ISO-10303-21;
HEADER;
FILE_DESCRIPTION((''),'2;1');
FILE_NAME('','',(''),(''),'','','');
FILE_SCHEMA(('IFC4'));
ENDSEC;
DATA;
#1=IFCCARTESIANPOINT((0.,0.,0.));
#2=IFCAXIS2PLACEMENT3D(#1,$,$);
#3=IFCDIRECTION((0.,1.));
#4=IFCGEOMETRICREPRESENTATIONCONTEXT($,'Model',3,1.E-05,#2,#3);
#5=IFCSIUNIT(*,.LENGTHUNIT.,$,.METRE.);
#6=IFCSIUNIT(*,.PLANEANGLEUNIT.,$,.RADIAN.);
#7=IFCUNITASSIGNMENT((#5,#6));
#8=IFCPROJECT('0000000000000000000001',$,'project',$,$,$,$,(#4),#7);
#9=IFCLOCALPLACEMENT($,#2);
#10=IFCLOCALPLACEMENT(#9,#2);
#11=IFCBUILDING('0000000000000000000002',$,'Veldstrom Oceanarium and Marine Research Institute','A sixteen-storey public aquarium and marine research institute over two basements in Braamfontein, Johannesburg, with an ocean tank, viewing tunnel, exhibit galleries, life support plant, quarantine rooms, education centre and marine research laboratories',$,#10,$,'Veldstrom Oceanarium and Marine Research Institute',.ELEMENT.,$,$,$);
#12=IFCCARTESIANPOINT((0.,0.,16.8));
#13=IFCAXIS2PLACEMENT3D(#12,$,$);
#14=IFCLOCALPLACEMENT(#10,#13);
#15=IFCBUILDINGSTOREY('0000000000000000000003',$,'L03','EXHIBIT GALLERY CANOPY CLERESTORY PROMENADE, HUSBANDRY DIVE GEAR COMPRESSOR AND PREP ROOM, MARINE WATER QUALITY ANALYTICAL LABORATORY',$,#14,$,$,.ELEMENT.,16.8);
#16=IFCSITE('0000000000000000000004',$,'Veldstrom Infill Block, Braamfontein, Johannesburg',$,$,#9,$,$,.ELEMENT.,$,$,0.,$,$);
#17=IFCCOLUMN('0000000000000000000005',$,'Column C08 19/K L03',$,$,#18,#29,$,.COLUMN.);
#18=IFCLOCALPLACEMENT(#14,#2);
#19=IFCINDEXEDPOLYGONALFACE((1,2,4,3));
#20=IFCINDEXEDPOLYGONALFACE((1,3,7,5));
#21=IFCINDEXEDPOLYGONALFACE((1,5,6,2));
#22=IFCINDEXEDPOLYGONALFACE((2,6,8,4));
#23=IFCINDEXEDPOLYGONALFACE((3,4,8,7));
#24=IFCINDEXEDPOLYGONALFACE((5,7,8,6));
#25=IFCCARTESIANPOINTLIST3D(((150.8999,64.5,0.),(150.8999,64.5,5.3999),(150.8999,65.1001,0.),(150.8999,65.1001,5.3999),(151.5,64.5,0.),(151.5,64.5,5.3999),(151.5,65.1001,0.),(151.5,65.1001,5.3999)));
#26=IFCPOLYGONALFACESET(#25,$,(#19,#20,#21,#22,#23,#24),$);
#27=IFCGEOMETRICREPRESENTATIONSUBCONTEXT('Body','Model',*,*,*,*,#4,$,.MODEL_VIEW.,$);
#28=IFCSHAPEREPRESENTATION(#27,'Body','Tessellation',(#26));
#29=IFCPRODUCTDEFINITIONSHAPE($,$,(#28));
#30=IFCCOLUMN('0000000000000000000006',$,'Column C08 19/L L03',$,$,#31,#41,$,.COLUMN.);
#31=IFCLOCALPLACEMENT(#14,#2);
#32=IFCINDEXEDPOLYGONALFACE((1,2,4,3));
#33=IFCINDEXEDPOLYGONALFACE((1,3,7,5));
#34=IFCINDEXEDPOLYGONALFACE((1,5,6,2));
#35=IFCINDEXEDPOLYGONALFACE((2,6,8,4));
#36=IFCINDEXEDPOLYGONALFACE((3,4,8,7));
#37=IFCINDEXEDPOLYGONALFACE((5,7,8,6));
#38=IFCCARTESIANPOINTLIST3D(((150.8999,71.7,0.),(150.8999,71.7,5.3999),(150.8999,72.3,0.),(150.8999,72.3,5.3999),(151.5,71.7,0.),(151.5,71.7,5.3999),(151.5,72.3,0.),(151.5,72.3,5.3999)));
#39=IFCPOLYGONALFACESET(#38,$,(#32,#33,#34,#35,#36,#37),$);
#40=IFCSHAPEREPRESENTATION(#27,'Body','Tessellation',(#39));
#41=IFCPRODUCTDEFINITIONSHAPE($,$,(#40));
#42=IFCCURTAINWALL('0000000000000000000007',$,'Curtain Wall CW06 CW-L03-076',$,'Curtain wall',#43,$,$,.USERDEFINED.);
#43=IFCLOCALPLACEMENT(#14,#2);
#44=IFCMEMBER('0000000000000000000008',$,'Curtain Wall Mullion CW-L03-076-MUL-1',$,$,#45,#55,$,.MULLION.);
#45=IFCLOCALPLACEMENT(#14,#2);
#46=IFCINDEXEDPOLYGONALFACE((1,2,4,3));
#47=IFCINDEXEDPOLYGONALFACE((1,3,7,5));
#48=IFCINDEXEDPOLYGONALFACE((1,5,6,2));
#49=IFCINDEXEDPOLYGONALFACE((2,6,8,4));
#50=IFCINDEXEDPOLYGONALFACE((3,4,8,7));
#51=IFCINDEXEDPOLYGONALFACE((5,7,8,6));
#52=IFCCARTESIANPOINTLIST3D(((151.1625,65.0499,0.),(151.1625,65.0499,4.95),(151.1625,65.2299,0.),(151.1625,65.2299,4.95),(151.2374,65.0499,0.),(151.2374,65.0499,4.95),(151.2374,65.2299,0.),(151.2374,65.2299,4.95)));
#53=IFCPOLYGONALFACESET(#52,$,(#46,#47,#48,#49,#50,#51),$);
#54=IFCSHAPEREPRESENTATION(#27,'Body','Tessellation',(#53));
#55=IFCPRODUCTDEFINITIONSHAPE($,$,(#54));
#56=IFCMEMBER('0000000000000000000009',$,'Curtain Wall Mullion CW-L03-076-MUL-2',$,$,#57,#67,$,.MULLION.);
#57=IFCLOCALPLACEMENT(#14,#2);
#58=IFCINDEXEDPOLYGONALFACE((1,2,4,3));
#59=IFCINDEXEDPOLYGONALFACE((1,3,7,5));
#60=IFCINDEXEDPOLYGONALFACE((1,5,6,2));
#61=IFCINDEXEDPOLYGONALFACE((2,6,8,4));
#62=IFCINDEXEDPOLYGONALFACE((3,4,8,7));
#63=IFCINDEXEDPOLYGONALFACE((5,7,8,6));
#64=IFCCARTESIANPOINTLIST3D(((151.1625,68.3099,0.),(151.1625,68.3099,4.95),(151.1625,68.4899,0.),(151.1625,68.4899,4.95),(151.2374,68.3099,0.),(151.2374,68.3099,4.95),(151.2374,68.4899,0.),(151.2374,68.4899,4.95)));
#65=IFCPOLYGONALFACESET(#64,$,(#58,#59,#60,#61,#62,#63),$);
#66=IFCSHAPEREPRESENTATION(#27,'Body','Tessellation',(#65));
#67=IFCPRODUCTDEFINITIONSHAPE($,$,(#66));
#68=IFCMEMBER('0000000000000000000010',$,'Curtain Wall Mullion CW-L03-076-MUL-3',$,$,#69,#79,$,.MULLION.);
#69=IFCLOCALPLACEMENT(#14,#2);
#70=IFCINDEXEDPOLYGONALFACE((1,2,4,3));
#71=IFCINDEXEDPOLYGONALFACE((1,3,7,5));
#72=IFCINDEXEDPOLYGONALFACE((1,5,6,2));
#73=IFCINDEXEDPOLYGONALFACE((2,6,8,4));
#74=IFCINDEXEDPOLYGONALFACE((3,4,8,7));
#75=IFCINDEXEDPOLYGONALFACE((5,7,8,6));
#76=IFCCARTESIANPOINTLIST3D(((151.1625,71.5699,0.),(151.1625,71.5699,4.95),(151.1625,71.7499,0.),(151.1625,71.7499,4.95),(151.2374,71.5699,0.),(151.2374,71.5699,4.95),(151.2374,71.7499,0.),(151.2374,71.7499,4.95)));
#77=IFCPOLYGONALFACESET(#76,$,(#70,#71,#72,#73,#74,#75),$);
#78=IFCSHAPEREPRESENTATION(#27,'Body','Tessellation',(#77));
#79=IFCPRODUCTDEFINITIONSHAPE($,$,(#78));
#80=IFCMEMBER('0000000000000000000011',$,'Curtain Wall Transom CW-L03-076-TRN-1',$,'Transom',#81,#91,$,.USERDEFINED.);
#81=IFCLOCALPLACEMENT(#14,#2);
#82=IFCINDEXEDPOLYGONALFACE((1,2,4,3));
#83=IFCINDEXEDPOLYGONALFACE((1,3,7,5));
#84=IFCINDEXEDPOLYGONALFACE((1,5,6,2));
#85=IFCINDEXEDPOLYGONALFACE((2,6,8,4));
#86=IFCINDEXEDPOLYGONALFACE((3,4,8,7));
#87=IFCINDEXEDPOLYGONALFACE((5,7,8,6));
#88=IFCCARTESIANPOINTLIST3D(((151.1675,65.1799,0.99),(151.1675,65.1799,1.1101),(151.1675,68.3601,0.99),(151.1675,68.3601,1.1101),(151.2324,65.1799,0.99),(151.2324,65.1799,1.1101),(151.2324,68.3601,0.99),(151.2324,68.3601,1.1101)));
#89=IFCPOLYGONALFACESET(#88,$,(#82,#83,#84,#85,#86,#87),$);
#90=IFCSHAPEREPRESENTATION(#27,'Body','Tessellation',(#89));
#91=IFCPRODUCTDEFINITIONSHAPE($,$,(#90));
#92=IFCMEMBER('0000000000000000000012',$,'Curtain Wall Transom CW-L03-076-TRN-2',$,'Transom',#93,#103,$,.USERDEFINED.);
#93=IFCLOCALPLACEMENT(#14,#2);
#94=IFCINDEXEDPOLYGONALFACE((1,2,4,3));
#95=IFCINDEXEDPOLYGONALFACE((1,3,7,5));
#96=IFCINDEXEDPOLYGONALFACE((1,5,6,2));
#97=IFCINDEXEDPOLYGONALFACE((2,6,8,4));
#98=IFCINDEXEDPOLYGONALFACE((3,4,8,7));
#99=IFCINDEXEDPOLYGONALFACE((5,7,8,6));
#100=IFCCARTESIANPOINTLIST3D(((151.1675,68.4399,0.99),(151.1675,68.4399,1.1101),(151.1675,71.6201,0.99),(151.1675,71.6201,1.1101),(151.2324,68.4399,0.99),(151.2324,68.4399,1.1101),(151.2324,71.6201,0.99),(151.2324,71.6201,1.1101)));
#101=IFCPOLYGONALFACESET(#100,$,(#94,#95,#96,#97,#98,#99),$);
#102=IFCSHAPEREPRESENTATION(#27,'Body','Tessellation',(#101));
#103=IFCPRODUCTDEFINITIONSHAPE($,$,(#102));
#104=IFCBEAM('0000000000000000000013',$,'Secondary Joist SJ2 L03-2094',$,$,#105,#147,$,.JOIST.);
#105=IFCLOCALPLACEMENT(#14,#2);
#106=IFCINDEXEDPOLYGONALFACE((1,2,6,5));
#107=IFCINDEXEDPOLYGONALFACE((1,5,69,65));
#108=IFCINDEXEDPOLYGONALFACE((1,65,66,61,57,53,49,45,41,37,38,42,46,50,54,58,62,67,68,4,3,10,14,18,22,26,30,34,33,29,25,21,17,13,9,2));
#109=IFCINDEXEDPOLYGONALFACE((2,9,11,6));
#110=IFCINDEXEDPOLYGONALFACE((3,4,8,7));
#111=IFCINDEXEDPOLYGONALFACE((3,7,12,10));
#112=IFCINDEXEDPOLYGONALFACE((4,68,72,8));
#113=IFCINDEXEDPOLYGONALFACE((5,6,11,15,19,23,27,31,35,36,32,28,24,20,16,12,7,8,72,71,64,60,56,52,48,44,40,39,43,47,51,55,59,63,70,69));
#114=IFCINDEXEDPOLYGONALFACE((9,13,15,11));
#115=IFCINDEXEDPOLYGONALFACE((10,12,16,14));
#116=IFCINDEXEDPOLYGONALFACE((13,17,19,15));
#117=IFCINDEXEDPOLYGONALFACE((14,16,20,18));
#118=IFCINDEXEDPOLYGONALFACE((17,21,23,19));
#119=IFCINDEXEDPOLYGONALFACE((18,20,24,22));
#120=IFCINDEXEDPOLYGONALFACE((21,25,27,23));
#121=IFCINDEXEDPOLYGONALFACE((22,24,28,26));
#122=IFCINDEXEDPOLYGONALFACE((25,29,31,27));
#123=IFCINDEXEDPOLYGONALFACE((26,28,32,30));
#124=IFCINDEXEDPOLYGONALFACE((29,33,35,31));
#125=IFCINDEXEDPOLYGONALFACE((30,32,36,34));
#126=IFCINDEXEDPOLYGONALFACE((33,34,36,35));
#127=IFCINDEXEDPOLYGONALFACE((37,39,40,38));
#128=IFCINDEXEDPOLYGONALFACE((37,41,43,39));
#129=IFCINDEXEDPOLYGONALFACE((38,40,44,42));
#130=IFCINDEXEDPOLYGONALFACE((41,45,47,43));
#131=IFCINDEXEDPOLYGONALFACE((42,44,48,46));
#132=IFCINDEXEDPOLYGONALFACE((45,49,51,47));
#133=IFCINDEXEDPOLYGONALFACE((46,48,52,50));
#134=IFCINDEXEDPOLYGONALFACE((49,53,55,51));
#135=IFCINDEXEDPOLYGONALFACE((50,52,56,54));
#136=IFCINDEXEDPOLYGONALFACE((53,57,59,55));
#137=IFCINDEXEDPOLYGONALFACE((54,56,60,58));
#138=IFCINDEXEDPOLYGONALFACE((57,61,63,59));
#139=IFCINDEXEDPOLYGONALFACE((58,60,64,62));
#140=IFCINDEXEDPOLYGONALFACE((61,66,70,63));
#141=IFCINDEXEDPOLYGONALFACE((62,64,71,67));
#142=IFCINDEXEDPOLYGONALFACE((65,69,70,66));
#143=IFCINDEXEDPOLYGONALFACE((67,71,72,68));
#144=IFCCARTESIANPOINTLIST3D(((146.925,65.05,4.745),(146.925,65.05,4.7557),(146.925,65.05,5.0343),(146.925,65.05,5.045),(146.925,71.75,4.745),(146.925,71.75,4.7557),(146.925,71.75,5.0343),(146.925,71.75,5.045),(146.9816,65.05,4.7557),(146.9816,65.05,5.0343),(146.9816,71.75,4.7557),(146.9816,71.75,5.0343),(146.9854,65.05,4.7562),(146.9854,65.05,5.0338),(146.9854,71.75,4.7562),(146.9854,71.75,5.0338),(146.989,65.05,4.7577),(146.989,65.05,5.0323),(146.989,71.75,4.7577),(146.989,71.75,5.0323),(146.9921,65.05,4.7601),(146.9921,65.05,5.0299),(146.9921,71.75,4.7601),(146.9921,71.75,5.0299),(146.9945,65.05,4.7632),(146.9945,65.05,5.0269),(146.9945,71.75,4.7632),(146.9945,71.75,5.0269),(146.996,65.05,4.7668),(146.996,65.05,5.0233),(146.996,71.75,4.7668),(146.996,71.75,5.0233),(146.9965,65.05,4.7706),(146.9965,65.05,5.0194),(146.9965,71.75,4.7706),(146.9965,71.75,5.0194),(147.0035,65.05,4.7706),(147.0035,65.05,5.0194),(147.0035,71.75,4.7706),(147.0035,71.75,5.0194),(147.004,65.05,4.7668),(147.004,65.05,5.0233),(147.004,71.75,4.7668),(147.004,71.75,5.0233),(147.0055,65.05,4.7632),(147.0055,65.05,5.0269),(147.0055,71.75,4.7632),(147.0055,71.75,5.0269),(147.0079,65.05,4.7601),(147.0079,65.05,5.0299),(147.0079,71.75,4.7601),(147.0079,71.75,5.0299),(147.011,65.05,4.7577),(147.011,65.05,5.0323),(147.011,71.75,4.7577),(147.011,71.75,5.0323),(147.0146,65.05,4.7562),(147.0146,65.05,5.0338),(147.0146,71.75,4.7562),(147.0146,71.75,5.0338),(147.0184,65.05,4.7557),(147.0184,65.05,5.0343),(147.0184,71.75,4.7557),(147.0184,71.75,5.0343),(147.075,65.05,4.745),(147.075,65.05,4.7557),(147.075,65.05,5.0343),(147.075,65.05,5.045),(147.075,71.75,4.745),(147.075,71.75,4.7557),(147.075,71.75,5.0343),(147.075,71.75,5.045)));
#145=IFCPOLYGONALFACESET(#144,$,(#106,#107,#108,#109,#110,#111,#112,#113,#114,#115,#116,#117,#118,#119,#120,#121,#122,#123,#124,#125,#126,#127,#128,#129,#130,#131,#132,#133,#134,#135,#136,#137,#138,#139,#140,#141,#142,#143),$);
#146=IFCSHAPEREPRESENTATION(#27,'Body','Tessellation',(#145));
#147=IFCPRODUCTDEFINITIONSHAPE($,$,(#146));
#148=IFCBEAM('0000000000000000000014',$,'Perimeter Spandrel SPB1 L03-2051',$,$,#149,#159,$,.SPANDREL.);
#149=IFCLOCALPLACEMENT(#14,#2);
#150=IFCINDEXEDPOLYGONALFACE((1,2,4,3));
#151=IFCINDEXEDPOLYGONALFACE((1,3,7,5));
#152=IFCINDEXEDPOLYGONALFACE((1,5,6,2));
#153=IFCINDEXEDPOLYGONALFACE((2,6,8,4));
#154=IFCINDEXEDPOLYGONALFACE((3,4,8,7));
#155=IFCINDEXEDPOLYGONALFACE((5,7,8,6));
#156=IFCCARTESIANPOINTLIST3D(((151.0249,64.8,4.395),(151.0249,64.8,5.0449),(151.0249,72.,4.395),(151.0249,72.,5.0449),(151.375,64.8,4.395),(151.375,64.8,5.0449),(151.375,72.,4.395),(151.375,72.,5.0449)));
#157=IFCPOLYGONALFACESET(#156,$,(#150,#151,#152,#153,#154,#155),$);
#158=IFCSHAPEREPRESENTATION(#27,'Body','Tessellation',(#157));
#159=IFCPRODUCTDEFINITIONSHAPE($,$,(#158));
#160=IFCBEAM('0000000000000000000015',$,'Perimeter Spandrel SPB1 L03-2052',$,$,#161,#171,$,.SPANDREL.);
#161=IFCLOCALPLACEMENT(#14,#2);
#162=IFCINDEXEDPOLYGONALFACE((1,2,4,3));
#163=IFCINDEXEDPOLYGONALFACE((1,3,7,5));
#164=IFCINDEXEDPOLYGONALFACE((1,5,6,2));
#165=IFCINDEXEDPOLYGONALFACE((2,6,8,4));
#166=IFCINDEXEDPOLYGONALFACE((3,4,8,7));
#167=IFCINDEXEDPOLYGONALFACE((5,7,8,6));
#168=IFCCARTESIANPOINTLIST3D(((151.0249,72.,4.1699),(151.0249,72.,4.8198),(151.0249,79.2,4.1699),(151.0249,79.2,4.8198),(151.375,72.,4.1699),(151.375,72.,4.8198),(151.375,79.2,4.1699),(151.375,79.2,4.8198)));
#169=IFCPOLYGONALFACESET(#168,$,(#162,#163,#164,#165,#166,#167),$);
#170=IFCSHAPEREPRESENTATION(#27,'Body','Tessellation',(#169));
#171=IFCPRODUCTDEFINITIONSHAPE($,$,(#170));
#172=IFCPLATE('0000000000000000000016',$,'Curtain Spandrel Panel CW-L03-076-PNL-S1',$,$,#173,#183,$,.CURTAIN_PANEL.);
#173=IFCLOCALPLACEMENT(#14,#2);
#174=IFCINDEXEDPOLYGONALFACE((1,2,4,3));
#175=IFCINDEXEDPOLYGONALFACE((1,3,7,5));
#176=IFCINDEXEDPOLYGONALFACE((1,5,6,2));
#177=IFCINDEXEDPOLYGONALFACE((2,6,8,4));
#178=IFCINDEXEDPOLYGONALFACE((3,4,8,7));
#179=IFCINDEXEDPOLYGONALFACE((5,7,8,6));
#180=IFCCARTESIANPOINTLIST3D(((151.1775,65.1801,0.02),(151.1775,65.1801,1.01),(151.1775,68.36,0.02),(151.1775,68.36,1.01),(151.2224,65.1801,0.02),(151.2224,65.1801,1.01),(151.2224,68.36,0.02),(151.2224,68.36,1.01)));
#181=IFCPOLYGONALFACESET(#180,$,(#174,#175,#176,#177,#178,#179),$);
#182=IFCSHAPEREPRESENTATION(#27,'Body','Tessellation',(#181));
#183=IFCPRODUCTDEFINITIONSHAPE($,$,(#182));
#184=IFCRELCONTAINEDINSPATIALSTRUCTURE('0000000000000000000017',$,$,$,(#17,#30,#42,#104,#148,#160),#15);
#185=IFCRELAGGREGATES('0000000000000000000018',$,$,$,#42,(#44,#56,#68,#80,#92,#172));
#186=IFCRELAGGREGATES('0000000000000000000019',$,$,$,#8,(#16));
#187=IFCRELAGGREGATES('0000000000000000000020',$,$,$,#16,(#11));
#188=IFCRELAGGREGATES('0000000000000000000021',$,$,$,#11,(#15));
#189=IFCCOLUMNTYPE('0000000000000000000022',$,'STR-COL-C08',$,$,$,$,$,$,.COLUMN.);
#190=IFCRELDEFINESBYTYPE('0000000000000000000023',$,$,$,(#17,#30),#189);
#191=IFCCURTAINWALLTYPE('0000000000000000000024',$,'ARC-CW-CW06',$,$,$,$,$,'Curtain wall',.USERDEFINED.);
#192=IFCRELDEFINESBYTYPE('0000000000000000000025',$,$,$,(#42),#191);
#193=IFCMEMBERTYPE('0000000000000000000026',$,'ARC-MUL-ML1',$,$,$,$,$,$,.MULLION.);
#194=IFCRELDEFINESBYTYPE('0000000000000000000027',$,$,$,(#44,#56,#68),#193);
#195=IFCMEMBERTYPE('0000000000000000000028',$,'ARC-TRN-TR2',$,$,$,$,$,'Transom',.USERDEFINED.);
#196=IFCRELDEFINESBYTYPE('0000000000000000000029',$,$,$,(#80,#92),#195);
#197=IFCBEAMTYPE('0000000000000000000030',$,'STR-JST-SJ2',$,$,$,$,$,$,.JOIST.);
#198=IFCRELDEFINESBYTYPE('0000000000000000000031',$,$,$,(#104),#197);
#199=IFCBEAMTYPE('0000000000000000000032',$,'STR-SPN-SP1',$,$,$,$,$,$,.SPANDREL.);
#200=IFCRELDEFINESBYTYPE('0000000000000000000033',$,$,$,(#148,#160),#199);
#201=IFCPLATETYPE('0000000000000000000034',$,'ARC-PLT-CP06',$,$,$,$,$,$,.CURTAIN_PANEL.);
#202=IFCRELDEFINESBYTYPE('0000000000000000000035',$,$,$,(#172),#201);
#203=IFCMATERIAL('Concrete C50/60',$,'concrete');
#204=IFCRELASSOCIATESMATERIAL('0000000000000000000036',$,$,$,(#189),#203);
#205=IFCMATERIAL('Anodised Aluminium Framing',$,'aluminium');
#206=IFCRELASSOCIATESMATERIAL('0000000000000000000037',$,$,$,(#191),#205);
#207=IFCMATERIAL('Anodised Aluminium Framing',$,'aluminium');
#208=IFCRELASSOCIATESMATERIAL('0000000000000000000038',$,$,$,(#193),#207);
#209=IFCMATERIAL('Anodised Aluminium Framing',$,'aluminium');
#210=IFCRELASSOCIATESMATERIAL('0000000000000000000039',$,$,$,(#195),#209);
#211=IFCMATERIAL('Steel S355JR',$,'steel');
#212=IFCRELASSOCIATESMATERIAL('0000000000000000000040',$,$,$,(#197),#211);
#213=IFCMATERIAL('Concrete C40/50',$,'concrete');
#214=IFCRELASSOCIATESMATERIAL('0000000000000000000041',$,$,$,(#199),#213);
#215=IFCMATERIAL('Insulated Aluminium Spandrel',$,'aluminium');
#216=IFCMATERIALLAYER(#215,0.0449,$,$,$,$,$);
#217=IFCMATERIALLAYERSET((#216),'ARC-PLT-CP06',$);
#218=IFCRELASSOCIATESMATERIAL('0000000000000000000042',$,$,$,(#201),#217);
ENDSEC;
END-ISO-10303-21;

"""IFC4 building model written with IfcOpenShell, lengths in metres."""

from ifc_helpers import new_model, si_unit, direction, frame, origin, origin_2d, place, context, subcontext, project, spatial, rectangle, i_section, extrude, material, layer, layer_set, material_profile, profile_set, type_object, element, aggregate, save


model = new_model("IFC4")

# Units and contexts
model_context = context("Model", 3, precision=1e-05, world=origin(), true_north=direction((0.0, 1.0)))
body_context = subcontext(model_context, "Body", "Model", "MODEL_VIEW")
ifc_project = project(units=[si_unit("LENGTHUNIT", "METRE"), si_unit("PLANEANGLEUNIT", "RADIAN")], contexts=[model_context])

# Site, building, storey
site_placement = place(None, origin())
site = spatial("IfcSite", under=ifc_project, at=site_placement, Name="Veldstrom Infill Block, Braamfontein, Johannesburg", CompositionType="ELEMENT", RefElevation=0.0)
building_placement = place(site_placement, origin())
building = spatial("IfcBuilding", under=site, at=building_placement, Name="Veldstrom Oceanarium and Marine Research Institute", Description="A sixteen-storey public aquarium and marine research institute over two basements in Braamfontein, Johannesburg, with an ocean tank, viewing tunnel, exhibit galleries, life support plant, quarantine rooms, education centre and marine research laboratories", LongName="Veldstrom Oceanarium and Marine Research Institute", CompositionType="ELEMENT")
storey_placement = place(building_placement, frame((0.0, 0.0, 16.8)))
storey = spatial("IfcBuildingStorey", under=building, at=storey_placement, Name="L03", Description="EXHIBIT GALLERY CANOPY CLERESTORY PROMENADE, HUSBANDRY DIVE GEAR COMPRESSOR AND PREP ROOM, MARINE WATER QUALITY ANALYTICAL LABORATORY", CompositionType="ELEMENT", Elevation=16.8)

# Columns
ifc_material_1 = material(Name="Concrete C50/60", Category="concrete")
ifc_material_profile_1 = material_profile(ifc_material_1, rectangle(XDim=0.6001, YDim=0.6001, at=origin_2d()), Name="RC-COL-600x600")
ifc_profile_set_1 = profile_set([ifc_material_profile_1], Name="Concrete C50/60")
column_type = type_object("IfcColumnType", Name="STR-COL-C08", PredefinedType="COLUMN", material=ifc_profile_set_1)
for number, where, z_axis, x_axis, name in (
    (1, (151.2, 64.8, 0.0), (0.0, 0.0, 1.0), (1.0, 0.0, 0.0), "Column C08 19/K L03"),
    (2, (151.2, 72.0, 0.0), (0.0, 0.0, 1.0), (1.0, 0.0, 0.0), "Column C08 19/L L03"),
):
    element("IfcColumn", number, at=place(storey_placement, frame(where, z_axis=z_axis, x_axis=x_axis)), inside=storey, type_object=column_type, Name=name, PredefinedType="COLUMN", context=body_context, shape_type="SweptSolid", body=[
        extrude(rectangle(XDim=0.6001, YDim=0.6001, at=origin_2d()), origin(), (0.0, 0.0, 1.0), 5.3999),
    ])

# Curtain wall, members
ifc_material_2 = material(Name="Anodised Aluminium Framing", Category="aluminium")
curtain_wall_type = type_object("IfcCurtainWallType", Name="ARC-CW-CW06", ElementType="Curtain wall", PredefinedType="USERDEFINED", material=ifc_material_2)
curtain_wall_placement = place(storey_placement, origin())
curtain_wall = element("IfcCurtainWall", 3, at=curtain_wall_placement, inside=storey, type_object=curtain_wall_type, Name="Curtain Wall CW06 CW-L03-076", ObjectType="Curtain wall", PredefinedType="USERDEFINED")
ifc_material_3 = material(Name="Anodised Aluminium Framing", Category="aluminium")
ifc_material_profile_2 = material_profile(ifc_material_3, rectangle(XDim=0.075, YDim=0.1799, at=origin_2d()), Name="ALU-MUL-75x180")
ifc_profile_set_2 = profile_set([ifc_material_profile_2], Name="Anodised Aluminium Framing")
member_type_1 = type_object("IfcMemberType", Name="ARC-MUL-ML1", PredefinedType="MULLION", material=ifc_profile_set_2)
member_1_placement = place(storey_placement, frame((151.2, 65.1399, 0.0), z_axis=(0.0, 0.0, 1.0), x_axis=(1.0, 0.0, 0.0)))
member_1 = element("IfcMember", 4, at=member_1_placement, type_object=member_type_1, Name="Curtain Wall Mullion CW-L03-076-MUL-1", PredefinedType="MULLION", context=body_context, shape_type="SweptSolid", body=[
    extrude(rectangle(XDim=0.075, YDim=0.1799, at=origin_2d()), origin(), (0.0, 0.0, 1.0), 4.95),
])
member_2_placement = place(storey_placement, frame((151.2, 68.3999, 0.0), z_axis=(0.0, 0.0, 1.0), x_axis=(1.0, 0.0, 0.0)))
member_2 = element("IfcMember", 5, at=member_2_placement, type_object=member_type_1, Name="Curtain Wall Mullion CW-L03-076-MUL-2", PredefinedType="MULLION", context=body_context, shape_type="SweptSolid", body=[
    extrude(rectangle(XDim=0.075, YDim=0.1799, at=origin_2d()), origin(), (0.0, 0.0, 1.0), 4.95),
])
member_3_placement = place(storey_placement, frame((151.2, 71.6599, 0.0), z_axis=(0.0, 0.0, 1.0), x_axis=(1.0, 0.0, 0.0)))
member_3 = element("IfcMember", 6, at=member_3_placement, type_object=member_type_1, Name="Curtain Wall Mullion CW-L03-076-MUL-3", PredefinedType="MULLION", context=body_context, shape_type="SweptSolid", body=[
    extrude(rectangle(XDim=0.075, YDim=0.1799, at=origin_2d()), origin(), (0.0, 0.0, 1.0), 4.95),
])
ifc_material_4 = material(Name="Anodised Aluminium Framing", Category="aluminium")
ifc_material_profile_3 = material_profile(ifc_material_4, rectangle(XDim=0.0649, YDim=0.1201, at=origin_2d()), Name="ALU-TRN-65x120")
ifc_profile_set_3 = profile_set([ifc_material_profile_3], Name="Anodised Aluminium Framing")
member_type_2 = type_object("IfcMemberType", Name="ARC-TRN-TR2", ElementType="Transom", PredefinedType="USERDEFINED", material=ifc_profile_set_3)
member_4_placement = place(storey_placement, frame((151.2, 65.1799, 1.05), z_axis=(0.0, 1.0, 0.0), x_axis=(-1.0, 0.0, 0.0)))
member_4 = element("IfcMember", 7, at=member_4_placement, type_object=member_type_2, Name="Curtain Wall Transom CW-L03-076-TRN-1", ObjectType="Transom", PredefinedType="USERDEFINED", context=body_context, shape_type="SweptSolid", body=[
    extrude(rectangle(XDim=0.0649, YDim=0.1201, at=origin_2d()), origin(), (0.0, 0.0, 1.0), 3.1802),
])
member_5_placement = place(storey_placement, frame((151.2, 68.4399, 1.05), z_axis=(0.0, 1.0, 0.0), x_axis=(-1.0, 0.0, 0.0)))
member_5 = element("IfcMember", 8, at=member_5_placement, type_object=member_type_2, Name="Curtain Wall Transom CW-L03-076-TRN-2", ObjectType="Transom", PredefinedType="USERDEFINED", context=body_context, shape_type="SweptSolid", body=[
    extrude(rectangle(XDim=0.0649, YDim=0.1201, at=origin_2d()), origin(), (0.0, 0.0, 1.0), 3.1802),
])

# Beams
ifc_material_5 = material(Name="Steel S355JR", Category="steel")
ifc_material_profile_4 = material_profile(ifc_material_5, i_section(OverallWidth=0.1499, OverallDepth=0.3, WebThickness=0.0071, FlangeThickness=0.0107, FilletRadius=0.0149, at=origin_2d()), Name="IPE 300")
ifc_profile_set_4 = profile_set([ifc_material_profile_4], Name="Steel S355JR")
beam_type_1 = type_object("IfcBeamType", Name="STR-JST-SJ2", PredefinedType="JOIST", material=ifc_profile_set_4)
beam_placement = place(storey_placement, frame((147.0, 65.05, 4.895), z_axis=(0.0, 1.0, 0.0), x_axis=(-1.0, 0.0, 0.0)))
element("IfcBeam", 9, at=beam_placement, inside=storey, type_object=beam_type_1, Name="Secondary Joist SJ2 L03-2094", PredefinedType="JOIST", context=body_context, shape_type="SweptSolid", body=[
    extrude(i_section(OverallWidth=0.1499, OverallDepth=0.3, WebThickness=0.0071, FlangeThickness=0.0107, FilletRadius=0.0149, at=origin_2d()), origin(), (0.0, 0.0, 1.0), 6.7),
])
ifc_material_6 = material(Name="Concrete C40/50", Category="concrete")
ifc_material_profile_5 = material_profile(ifc_material_6, rectangle(XDim=0.3501, YDim=0.6499, at=origin_2d()), Name="RC-SPN-350x650")
ifc_profile_set_5 = profile_set([ifc_material_profile_5], Name="Concrete C40/50")
beam_type_2 = type_object("IfcBeamType", Name="STR-SPN-SP1", PredefinedType="SPANDREL", material=ifc_profile_set_5)
for number, where, z_axis, x_axis, name in (
    (10, (151.2, 64.8, 4.72), (0.0, 1.0, 0.0), (-1.0, 0.0, 0.0), "Perimeter Spandrel SPB1 L03-2051"),
    (11, (151.2, 72.0, 4.4949), (0.0, 1.0, 0.0), (-1.0, 0.0, 0.0), "Perimeter Spandrel SPB1 L03-2052"),
):
    element("IfcBeam", number, at=place(storey_placement, frame(where, z_axis=z_axis, x_axis=x_axis)), inside=storey, type_object=beam_type_2, Name=name, PredefinedType="SPANDREL", context=body_context, shape_type="SweptSolid", body=[
        extrude(rectangle(XDim=0.3501, YDim=0.6499, at=origin_2d()), origin(), (0.0, 0.0, 1.0), 7.2),
    ])

# Plate
ifc_material_7 = material(Name="Insulated Aluminium Spandrel", Category="aluminium")
ifc_layer_1 = layer(ifc_material_7, 0.0449)
ifc_layer_set_1 = layer_set([ifc_layer_1], Name="ARC-PLT-CP06")
plate_type_1 = type_object("IfcPlateType", Name="ARC-PLT-CP06", PredefinedType="CURTAIN_PANEL", material=ifc_layer_set_1)
plate_1_placement = place(storey_placement, frame((151.2, 66.77, 0.02), z_axis=(0.0, 0.0, 1.0), x_axis=(0.0, 1.0, 0.0)))
plate_1 = element("IfcPlate", 12, at=plate_1_placement, type_object=plate_type_1, Name="Curtain Spandrel Panel CW-L03-076-PNL-S1", PredefinedType="CURTAIN_PANEL", context=body_context, shape_type="SweptSolid", body=[
    extrude(rectangle(XDim=3.1799, YDim=0.0449, at=origin_2d()), origin(), (0.0, 0.0, 1.0), 0.99),
])
aggregate(curtain_wall, [member_1, member_2, member_3, member_4, member_5, plate_1])

save(model, "model.ifc")
